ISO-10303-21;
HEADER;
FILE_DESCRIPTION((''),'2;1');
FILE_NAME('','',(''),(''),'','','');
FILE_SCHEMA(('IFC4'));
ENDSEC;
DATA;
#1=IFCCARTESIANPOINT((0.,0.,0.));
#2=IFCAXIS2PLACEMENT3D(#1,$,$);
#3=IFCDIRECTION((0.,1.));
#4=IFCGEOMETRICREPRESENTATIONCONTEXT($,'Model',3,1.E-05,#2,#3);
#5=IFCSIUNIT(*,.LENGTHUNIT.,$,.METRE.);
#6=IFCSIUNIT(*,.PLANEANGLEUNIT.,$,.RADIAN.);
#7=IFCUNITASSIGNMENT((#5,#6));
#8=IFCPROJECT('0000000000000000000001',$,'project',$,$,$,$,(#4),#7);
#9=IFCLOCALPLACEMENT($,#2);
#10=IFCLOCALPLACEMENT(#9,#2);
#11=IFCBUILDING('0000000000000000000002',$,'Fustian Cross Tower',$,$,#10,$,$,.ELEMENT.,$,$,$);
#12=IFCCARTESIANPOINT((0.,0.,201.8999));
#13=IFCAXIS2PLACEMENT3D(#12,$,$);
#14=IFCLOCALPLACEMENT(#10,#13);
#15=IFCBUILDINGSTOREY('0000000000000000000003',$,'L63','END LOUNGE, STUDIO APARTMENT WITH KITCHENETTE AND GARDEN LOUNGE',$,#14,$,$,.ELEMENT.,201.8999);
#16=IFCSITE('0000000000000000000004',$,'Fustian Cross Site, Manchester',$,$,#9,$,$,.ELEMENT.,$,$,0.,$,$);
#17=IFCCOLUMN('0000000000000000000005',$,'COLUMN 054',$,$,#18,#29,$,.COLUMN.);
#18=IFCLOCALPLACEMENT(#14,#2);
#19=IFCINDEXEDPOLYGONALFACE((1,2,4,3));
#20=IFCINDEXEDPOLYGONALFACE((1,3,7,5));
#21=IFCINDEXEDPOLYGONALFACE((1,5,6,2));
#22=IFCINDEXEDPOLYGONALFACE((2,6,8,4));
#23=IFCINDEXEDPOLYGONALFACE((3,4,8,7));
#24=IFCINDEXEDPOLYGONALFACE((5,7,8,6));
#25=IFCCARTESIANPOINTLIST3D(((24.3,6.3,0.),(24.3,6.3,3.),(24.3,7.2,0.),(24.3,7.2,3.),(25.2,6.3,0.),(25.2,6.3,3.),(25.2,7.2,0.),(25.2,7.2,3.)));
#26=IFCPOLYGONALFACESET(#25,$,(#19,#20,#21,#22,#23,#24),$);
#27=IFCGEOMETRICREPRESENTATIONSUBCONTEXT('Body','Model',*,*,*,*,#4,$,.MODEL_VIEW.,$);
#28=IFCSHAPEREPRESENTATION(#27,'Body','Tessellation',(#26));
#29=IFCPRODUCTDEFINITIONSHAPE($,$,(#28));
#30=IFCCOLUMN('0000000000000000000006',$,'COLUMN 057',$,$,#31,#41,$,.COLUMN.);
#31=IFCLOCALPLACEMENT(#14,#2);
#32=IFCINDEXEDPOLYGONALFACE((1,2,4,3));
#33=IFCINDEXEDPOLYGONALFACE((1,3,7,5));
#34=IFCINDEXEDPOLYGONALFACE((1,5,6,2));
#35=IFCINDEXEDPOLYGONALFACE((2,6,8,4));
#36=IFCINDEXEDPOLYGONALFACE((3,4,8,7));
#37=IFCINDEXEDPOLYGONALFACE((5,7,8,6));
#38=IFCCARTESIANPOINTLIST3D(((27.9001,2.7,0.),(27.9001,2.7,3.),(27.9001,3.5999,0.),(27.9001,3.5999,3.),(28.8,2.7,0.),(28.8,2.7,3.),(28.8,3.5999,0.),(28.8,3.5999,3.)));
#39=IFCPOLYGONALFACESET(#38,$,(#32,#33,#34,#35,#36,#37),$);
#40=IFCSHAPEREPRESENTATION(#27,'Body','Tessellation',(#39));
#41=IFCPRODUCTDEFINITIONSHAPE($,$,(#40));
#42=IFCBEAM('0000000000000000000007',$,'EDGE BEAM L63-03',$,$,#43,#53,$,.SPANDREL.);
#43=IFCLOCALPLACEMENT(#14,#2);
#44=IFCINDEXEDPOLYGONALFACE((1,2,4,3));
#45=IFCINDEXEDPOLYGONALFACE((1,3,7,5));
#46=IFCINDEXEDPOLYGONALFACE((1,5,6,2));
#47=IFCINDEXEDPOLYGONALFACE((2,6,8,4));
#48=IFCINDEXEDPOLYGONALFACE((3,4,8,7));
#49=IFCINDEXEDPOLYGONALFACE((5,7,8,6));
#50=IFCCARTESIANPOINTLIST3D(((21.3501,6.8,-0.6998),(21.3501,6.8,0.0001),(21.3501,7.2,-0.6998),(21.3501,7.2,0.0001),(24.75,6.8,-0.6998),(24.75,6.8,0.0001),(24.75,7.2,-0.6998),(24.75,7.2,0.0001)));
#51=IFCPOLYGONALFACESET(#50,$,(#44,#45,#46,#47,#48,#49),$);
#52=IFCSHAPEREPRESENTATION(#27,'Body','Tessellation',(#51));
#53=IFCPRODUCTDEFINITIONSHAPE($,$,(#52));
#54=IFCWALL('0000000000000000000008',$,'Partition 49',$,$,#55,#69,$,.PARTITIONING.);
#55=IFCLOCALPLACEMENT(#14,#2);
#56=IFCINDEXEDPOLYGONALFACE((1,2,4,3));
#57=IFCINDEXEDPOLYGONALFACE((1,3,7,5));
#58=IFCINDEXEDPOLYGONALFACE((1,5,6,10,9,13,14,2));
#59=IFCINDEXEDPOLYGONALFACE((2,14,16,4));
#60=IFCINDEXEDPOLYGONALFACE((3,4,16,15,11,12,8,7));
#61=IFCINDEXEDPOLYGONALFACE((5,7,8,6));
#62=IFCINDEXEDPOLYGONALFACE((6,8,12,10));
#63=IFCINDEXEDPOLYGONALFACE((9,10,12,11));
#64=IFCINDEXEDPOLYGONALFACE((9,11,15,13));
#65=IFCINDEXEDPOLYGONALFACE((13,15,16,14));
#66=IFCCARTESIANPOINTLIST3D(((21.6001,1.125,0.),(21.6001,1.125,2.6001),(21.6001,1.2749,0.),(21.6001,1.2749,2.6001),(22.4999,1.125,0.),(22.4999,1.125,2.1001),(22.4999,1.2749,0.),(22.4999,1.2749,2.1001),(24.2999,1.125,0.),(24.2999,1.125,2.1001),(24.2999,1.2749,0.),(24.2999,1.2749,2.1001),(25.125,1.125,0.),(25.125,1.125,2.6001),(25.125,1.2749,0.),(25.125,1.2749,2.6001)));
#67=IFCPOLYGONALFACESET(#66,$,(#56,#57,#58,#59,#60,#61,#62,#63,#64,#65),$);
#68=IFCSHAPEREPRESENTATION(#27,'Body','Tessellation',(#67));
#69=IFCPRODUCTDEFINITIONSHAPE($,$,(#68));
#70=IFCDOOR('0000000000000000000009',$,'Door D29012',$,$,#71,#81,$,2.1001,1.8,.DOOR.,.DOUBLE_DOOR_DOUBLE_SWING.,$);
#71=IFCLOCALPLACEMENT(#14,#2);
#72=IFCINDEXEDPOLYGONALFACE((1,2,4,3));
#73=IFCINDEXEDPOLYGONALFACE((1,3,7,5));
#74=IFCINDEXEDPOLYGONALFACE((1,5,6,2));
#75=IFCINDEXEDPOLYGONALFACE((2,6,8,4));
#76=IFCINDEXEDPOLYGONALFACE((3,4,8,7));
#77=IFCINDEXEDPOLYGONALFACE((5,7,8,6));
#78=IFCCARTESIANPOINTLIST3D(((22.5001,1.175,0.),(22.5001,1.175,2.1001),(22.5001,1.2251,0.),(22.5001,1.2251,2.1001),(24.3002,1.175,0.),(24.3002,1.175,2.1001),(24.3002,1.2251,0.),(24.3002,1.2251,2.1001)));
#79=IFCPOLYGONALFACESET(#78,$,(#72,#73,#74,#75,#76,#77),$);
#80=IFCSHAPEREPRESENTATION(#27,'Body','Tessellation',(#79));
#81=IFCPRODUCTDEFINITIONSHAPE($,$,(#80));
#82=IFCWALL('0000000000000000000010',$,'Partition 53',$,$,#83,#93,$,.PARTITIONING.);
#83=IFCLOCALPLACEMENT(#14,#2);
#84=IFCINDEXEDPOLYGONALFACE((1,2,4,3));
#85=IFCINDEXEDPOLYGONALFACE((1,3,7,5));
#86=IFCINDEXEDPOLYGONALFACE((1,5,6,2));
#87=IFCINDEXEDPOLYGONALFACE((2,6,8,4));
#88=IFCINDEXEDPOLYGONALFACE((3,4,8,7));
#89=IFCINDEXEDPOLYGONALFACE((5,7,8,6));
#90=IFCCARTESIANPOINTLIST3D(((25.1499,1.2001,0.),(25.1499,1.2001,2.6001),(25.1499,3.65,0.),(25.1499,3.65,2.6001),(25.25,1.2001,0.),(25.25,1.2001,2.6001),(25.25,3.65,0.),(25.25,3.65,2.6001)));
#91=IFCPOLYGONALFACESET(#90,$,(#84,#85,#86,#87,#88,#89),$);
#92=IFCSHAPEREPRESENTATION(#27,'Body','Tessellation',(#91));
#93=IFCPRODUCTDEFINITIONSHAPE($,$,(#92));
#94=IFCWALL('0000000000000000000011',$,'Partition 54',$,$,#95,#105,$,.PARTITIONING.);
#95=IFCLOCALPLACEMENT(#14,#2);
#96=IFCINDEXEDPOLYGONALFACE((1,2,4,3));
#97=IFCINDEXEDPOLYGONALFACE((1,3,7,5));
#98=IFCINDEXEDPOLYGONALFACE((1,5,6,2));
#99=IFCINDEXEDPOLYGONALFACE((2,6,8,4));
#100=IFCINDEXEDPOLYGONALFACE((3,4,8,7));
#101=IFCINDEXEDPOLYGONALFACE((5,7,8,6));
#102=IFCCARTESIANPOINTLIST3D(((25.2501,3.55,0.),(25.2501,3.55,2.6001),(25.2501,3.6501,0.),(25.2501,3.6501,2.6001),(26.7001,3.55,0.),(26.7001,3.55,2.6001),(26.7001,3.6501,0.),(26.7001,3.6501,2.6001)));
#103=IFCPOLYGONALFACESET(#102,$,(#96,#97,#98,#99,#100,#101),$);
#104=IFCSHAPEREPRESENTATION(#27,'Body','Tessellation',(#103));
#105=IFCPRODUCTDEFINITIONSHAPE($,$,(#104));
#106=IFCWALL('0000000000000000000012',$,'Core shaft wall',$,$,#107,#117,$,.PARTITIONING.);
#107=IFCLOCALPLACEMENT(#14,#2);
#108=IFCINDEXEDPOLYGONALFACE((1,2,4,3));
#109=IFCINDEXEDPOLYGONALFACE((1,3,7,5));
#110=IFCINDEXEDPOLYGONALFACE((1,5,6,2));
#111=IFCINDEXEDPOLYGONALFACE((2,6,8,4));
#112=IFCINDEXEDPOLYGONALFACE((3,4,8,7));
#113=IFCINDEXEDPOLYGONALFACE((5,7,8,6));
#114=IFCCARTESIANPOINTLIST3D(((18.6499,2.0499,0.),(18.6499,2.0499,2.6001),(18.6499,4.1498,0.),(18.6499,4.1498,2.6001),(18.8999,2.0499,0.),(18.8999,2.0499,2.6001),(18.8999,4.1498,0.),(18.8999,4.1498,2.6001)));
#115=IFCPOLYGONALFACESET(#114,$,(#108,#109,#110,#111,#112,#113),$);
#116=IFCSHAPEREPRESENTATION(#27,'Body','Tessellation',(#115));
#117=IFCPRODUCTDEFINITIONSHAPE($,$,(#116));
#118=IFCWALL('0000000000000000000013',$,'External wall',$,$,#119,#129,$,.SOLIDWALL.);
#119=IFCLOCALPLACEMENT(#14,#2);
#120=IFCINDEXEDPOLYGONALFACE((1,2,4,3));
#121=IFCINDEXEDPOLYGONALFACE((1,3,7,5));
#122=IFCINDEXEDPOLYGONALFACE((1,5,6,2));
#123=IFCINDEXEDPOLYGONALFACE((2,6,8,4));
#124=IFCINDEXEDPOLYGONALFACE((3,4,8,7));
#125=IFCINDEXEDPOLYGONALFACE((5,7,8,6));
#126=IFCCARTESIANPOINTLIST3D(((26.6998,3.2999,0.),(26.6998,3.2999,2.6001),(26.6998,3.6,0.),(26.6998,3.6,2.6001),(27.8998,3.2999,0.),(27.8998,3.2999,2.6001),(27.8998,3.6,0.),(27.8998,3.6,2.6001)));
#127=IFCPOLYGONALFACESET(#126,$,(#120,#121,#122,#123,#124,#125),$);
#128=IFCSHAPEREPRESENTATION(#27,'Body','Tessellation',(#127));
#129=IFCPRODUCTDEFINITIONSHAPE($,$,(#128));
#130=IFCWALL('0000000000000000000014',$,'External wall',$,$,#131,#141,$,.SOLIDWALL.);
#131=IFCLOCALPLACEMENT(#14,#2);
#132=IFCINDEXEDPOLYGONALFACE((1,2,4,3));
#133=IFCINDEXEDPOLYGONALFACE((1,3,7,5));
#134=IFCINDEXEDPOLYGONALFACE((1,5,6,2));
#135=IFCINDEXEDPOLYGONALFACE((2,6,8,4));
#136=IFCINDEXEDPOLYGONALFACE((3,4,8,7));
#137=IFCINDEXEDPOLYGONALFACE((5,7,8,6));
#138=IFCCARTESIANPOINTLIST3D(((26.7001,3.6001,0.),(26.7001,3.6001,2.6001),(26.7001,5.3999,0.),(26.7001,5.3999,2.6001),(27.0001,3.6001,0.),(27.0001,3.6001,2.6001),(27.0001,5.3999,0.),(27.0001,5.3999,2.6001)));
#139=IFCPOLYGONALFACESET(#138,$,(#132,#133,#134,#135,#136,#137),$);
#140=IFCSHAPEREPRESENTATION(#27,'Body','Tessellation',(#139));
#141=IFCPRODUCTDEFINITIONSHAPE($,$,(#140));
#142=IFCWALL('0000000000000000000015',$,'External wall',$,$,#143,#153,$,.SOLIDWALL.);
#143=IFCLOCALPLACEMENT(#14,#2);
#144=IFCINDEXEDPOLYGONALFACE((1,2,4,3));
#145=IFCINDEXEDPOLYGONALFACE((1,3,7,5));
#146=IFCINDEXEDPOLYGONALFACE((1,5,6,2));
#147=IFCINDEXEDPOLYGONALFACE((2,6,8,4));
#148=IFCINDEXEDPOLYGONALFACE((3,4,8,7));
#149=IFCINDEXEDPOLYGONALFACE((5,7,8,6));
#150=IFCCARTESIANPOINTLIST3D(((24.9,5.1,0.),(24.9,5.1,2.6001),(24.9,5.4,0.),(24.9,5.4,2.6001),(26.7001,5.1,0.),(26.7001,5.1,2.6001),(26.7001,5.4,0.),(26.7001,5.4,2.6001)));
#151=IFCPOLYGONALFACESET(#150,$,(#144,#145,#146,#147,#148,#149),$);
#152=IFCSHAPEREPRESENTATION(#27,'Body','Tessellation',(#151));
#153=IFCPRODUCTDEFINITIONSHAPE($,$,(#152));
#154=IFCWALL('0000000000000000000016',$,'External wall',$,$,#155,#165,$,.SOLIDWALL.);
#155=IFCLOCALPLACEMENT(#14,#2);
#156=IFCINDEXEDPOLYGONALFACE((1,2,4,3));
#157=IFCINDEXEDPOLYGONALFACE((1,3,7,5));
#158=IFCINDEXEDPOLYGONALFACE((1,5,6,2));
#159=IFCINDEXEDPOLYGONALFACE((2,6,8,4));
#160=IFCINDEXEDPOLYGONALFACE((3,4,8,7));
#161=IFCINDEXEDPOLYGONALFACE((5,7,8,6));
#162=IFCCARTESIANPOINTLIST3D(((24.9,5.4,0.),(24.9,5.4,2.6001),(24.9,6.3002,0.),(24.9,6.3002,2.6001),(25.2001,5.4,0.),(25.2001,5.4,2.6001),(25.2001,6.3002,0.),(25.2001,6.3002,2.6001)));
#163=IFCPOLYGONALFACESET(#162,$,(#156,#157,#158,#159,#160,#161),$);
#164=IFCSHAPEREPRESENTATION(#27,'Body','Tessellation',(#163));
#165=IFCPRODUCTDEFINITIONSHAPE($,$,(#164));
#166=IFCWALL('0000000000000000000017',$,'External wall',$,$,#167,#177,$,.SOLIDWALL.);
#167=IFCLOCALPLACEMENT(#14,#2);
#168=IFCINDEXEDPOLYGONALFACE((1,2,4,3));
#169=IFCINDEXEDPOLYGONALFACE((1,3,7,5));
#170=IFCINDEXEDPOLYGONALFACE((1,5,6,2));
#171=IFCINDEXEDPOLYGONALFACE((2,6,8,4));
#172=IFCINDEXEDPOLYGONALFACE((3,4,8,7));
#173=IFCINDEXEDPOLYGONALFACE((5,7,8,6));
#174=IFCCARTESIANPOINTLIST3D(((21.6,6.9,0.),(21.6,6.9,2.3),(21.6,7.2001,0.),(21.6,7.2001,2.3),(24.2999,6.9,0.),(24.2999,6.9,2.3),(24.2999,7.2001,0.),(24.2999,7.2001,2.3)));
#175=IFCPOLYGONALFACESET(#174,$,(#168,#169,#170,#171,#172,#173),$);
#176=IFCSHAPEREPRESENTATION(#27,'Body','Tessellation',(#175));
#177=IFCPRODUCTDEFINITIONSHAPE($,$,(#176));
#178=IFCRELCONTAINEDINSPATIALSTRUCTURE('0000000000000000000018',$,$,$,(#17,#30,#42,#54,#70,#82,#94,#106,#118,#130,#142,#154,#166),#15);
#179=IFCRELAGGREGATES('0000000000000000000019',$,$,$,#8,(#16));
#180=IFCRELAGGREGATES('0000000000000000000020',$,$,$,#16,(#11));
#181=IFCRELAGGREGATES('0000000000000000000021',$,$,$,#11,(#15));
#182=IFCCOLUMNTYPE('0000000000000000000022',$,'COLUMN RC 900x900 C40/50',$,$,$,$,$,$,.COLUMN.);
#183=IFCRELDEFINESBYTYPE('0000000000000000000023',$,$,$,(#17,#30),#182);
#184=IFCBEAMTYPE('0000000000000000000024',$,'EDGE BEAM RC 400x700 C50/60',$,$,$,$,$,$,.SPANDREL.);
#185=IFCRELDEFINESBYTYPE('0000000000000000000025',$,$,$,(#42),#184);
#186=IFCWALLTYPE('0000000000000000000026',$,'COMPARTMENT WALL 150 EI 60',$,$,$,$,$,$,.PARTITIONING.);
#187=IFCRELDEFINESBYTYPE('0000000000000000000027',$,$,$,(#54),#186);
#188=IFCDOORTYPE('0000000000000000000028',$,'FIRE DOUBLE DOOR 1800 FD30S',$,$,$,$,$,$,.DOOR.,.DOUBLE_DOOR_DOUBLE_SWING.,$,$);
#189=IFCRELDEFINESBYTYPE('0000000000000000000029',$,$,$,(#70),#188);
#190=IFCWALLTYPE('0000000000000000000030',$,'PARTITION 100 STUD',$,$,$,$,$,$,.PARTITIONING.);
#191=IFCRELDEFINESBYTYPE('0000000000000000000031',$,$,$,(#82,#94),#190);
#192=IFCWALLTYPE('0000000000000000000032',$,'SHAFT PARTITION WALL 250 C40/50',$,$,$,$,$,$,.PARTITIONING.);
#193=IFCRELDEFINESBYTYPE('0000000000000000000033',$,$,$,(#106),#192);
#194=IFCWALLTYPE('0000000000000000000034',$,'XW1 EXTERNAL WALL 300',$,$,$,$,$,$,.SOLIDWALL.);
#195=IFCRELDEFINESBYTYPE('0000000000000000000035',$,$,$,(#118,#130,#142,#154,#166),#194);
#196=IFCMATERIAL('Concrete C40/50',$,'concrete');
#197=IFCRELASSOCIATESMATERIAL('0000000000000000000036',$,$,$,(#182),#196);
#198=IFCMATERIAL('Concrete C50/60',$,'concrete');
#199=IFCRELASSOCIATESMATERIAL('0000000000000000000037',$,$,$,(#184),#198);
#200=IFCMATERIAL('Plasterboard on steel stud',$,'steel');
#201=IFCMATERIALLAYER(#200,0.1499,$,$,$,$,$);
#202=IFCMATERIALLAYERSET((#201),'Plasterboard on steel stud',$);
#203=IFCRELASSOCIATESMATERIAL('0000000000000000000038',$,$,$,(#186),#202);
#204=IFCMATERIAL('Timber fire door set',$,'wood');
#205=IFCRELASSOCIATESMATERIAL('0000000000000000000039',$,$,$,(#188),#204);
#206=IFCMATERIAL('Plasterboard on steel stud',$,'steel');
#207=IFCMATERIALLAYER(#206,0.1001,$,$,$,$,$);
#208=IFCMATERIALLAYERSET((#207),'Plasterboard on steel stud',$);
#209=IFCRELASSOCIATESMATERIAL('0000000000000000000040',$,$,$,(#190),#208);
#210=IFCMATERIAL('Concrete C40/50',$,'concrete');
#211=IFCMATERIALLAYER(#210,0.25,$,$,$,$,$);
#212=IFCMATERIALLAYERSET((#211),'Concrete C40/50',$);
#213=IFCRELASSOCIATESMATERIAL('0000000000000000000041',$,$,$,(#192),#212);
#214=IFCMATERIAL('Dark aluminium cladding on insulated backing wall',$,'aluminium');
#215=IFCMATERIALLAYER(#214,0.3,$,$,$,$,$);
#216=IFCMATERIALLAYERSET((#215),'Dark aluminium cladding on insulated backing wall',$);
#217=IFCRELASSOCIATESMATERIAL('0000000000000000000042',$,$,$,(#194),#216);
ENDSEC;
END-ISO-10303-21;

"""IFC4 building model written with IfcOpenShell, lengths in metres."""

from ifc_helpers import new_model, si_unit, direction, frame, frame_2d, origin, origin_2d, place, context, subcontext, project, spatial, rectangle, extrude, material, layer, layer_set, material_profile, profile_set, type_object, element, fill, save


model = new_model("IFC4")

# Units and contexts
model_context = context("Model", 3, precision=1e-05, world=origin(), true_north=direction((0.0, 1.0)))
body_context = subcontext(model_context, "Body", "Model", "MODEL_VIEW")
ifc_project = project(units=[si_unit("LENGTHUNIT", "METRE"), si_unit("PLANEANGLEUNIT", "RADIAN")], contexts=[model_context])

# Site, building, storey
site_placement = place(None, origin())
site = spatial("IfcSite", under=ifc_project, at=site_placement, Name="Fustian Cross Site, Manchester", CompositionType="ELEMENT", RefElevation=0.0)
building_placement = place(site_placement, origin())
building = spatial("IfcBuilding", under=site, at=building_placement, Name="Fustian Cross Tower", CompositionType="ELEMENT")
storey_placement = place(building_placement, frame((0.0, 0.0, 201.8999)))
storey = spatial("IfcBuildingStorey", under=building, at=storey_placement, Name="L63", Description="END LOUNGE, STUDIO APARTMENT WITH KITCHENETTE AND GARDEN LOUNGE", CompositionType="ELEMENT", Elevation=201.8999)

# Columns
ifc_material_1 = material(Name="Concrete C40/50", Category="concrete")
ifc_material_profile_1 = material_profile(ifc_material_1, rectangle(XDim=0.8999, YDim=0.8999, at=origin_2d()), Name="RC 900x900")
ifc_profile_set_1 = profile_set([ifc_material_profile_1], Name="Concrete C40/50")
column_type = type_object("IfcColumnType", Name="COLUMN RC 900x900 C40/50", PredefinedType="COLUMN", material=ifc_profile_set_1)
for number, where, z_axis, x_axis, name in (
    (1, (24.75, 6.75, 0.0), (0.0, 0.0, 1.0), (1.0, 0.0, 0.0), "COLUMN 054"),
    (2, (28.3501, 3.1499, 0.0), (0.0, 0.0, 1.0), (1.0, 0.0, 0.0), "COLUMN 057"),
):
    element("IfcColumn", number, at=place(storey_placement, frame(where, z_axis=z_axis, x_axis=x_axis)), inside=storey, type_object=column_type, Name=name, PredefinedType="COLUMN", context=body_context, shape_type="SweptSolid", body=[
        extrude(rectangle(XDim=0.8999, YDim=0.8999, at=origin_2d()), origin(), (0.0, 0.0, 1.0), 3.0),
    ])

# Beam
ifc_material_2 = material(Name="Concrete C50/60", Category="concrete")
ifc_material_profile_2 = material_profile(ifc_material_2, rectangle(XDim=0.3999, YDim=0.7, at=origin_2d()), Name="RC 400x700")
ifc_profile_set_2 = profile_set([ifc_material_profile_2], Name="Concrete C50/60")
beam_type = type_object("IfcBeamType", Name="EDGE BEAM RC 400x700 C50/60", PredefinedType="SPANDREL", material=ifc_profile_set_2)
beam_placement = place(storey_placement, frame((24.75, 7.0, -0.3499), z_axis=(-1.0, 0.0, 0.0), x_axis=(0.0, -1.0, 0.0)))
element("IfcBeam", 3, at=beam_placement, inside=storey, type_object=beam_type, Name="EDGE BEAM L63-03", PredefinedType="SPANDREL", context=body_context, shape_type="SweptSolid", body=[
    extrude(rectangle(XDim=0.3999, YDim=0.7, at=origin_2d()), origin(), (0.0, 0.0, 1.0), 3.3999),
])

# Wall, opening, door
ifc_material_3 = material(Name="Plasterboard on steel stud", Category="steel")
ifc_layer_1 = layer(ifc_material_3, 0.1499)
ifc_layer_set_1 = layer_set([ifc_layer_1], Name="Plasterboard on steel stud")
wall_type_1 = type_object("IfcWallType", Name="COMPARTMENT WALL 150 EI 60", PredefinedType="PARTITIONING", material=ifc_layer_set_1)
wall_1_placement = place(storey_placement, frame((21.6001, 1.2, 0.0), z_axis=(0.0, 0.0, 1.0), x_axis=(1.0, 0.0, 0.0)))
wall_1 = element("IfcWall", 4, at=wall_1_placement, inside=storey, type_object=wall_type_1, Name="Partition 49", PredefinedType="PARTITIONING", context=body_context, shape_type="SweptSolid", body=[
    extrude(rectangle(XDim=3.5249, YDim=0.1499, at=frame_2d((1.7625, 0.0))), origin(), (0.0, 0.0, 1.0), 2.6001),
])
opening_placement = place(wall_1_placement, frame((0.8999, 0.0, 0.0)))
opening = element("IfcOpeningElement", 5, at=opening_placement, cuts=wall_1, PredefinedType="OPENING", context=body_context, shape_type="SweptSolid", body=[
    extrude(rectangle(XDim=1.8, YDim=2.1001, at=frame_2d((0.8999, 1.05))), frame((0.0, 0.085, 0.0), z_axis=(0.0, -1.0, 0.0), x_axis=(1.0, 0.0, 0.0)), (0.0, 0.0, 1.0), 0.1699),
])
ifc_material_4 = material(Name="Timber fire door set", Category="wood")
door_type = type_object("IfcDoorType", Name="FIRE DOUBLE DOOR 1800 FD30S", OperationType="DOUBLE_DOOR_DOUBLE_SWING", PredefinedType="DOOR", material=ifc_material_4)
door_placement = place(opening_placement, frame((1.8, 0.0, 0.0), z_axis=(0.0, 0.0, 1.0), x_axis=(-1.0, 0.0, 0.0)))
door = element("IfcDoor", 6, at=door_placement, inside=storey, type_object=door_type, Name="Door D29012", OperationType="DOUBLE_DOOR_DOUBLE_SWING", OverallHeight=2.1001, OverallWidth=1.8, PredefinedType="DOOR", context=body_context, shape_type="SweptSolid", body=[
    extrude(rectangle(XDim=1.8, YDim=2.1001, at=frame_2d((0.8999, 1.05))), frame((0.0, 0.0249, 0.0), z_axis=(0.0, -1.0, 0.0), x_axis=(1.0, 0.0, 0.0)), (0.0, 0.0, 1.0), 0.05),
])
fill(opening, door)

# Walls
ifc_material_5 = material(Name="Plasterboard on steel stud", Category="steel")
ifc_layer_2 = layer(ifc_material_5, 0.1001)
ifc_layer_set_2 = layer_set([ifc_layer_2], Name="Plasterboard on steel stud")
wall_type_2 = type_object("IfcWallType", Name="PARTITION 100 STUD", PredefinedType="PARTITIONING", material=ifc_layer_set_2)
wall_2_placement = place(storey_placement, frame((25.2, 1.2, 0.0), z_axis=(0.0, 0.0, 1.0), x_axis=(0.0, 1.0, 0.0)))
element("IfcWall", 7, at=wall_2_placement, inside=storey, type_object=wall_type_2, Name="Partition 53", PredefinedType="PARTITIONING", context=body_context, shape_type="SweptSolid", body=[
    extrude(rectangle(XDim=2.45, YDim=0.1001, at=frame_2d((1.2251, 0.0))), origin(), (0.0, 0.0, 1.0), 2.6001),
])
wall_3_placement = place(storey_placement, frame((25.25, 3.6001, 0.0), z_axis=(0.0, 0.0, 1.0), x_axis=(1.0, 0.0, 0.0)))
element("IfcWall", 8, at=wall_3_placement, inside=storey, type_object=wall_type_2, Name="Partition 54", PredefinedType="PARTITIONING", context=body_context, shape_type="SweptSolid", body=[
    extrude(rectangle(XDim=1.45, YDim=0.1001, at=frame_2d((0.7251, 0.0))), origin(), (0.0, 0.0, 1.0), 2.6001),
])
ifc_material_6 = material(Name="Concrete C40/50", Category="concrete")
ifc_layer_3 = layer(ifc_material_6, 0.25)
ifc_layer_set_3 = layer_set([ifc_layer_3], Name="Concrete C40/50")
wall_type_3 = type_object("IfcWallType", Name="SHAFT PARTITION WALL 250 C40/50", PredefinedType="PARTITIONING", material=ifc_layer_set_3)
wall_4_placement = place(storey_placement, frame((18.7749, 2.05, 0.0), z_axis=(0.0, 0.0, 1.0), x_axis=(0.0, 1.0, 0.0)))
element("IfcWall", 9, at=wall_4_placement, inside=storey, type_object=wall_type_3, Name="Core shaft wall", PredefinedType="PARTITIONING", context=body_context, shape_type="SweptSolid", body=[
    extrude(rectangle(XDim=2.0999, YDim=0.25, at=frame_2d((1.0498, 0.0))), origin(), (0.0, 0.0, 1.0), 2.6001),
])
ifc_material_7 = material(Name="Dark aluminium cladding on insulated backing wall", Category="aluminium")
ifc_layer_4 = layer(ifc_material_7, 0.3)
ifc_layer_set_4 = layer_set([ifc_layer_4], Name="Dark aluminium cladding on insulated backing wall")
wall_type_4 = type_object("IfcWallType", Name="XW1 EXTERNAL WALL 300", PredefinedType="SOLIDWALL", material=ifc_layer_set_4)
wall_5_placement = place(storey_placement, frame((27.8999, 3.45, 0.0), z_axis=(0.0, 0.0, 1.0), x_axis=(-1.0, 0.0, 0.0)))
element("IfcWall", 10, at=wall_5_placement, inside=storey, type_object=wall_type_4, Name="External wall", PredefinedType="SOLIDWALL", context=body_context, shape_type="SweptSolid", body=[
    extrude(rectangle(XDim=1.2, YDim=0.3, at=frame_2d((0.6001, 0.0))), origin(), (0.0, 0.0, 1.0), 2.6001),
])
wall_6_placement = place(storey_placement, frame((26.8501, 3.6001, 0.0), z_axis=(0.0, 0.0, 1.0), x_axis=(0.0, 1.0, 0.0)))
element("IfcWall", 11, at=wall_6_placement, inside=storey, type_object=wall_type_4, Name="External wall", PredefinedType="SOLIDWALL", context=body_context, shape_type="SweptSolid", body=[
    extrude(rectangle(XDim=1.7998, YDim=0.3, at=frame_2d((0.8999, 0.0))), origin(), (0.0, 0.0, 1.0), 2.6001),
])
wall_7_placement = place(storey_placement, frame((26.7, 5.25, 0.0), z_axis=(0.0, 0.0, 1.0), x_axis=(-1.0, 0.0, 0.0)))
element("IfcWall", 12, at=wall_7_placement, inside=storey, type_object=wall_type_4, Name="External wall", PredefinedType="SOLIDWALL", context=body_context, shape_type="SweptSolid", body=[
    extrude(rectangle(XDim=1.8, YDim=0.3, at=frame_2d((0.8999, 0.0))), origin(), (0.0, 0.0, 1.0), 2.6001),
])
wall_8_placement = place(storey_placement, frame((25.05, 5.3999, 0.0), z_axis=(0.0, 0.0, 1.0), x_axis=(0.0, 1.0, 0.0)))
element("IfcWall", 13, at=wall_8_placement, inside=storey, type_object=wall_type_4, Name="External wall", PredefinedType="SOLIDWALL", context=body_context, shape_type="SweptSolid", body=[
    extrude(rectangle(XDim=0.9001, YDim=0.3, at=frame_2d((0.4502, 0.0))), origin(), (0.0, 0.0, 1.0), 2.6001),
])
wall_9_placement = place(storey_placement, frame((24.3, 7.05, 0.0), z_axis=(0.0, 0.0, 1.0), x_axis=(-1.0, 0.0, 0.0)))
element("IfcWall", 14, at=wall_9_placement, inside=storey, type_object=wall_type_4, Name="External wall", PredefinedType="SOLIDWALL", context=body_context, shape_type="SweptSolid", body=[
    extrude(rectangle(XDim=2.7, YDim=0.3, at=frame_2d((1.3501, 0.0))), origin(), (0.0, 0.0, 1.0), 2.3),
])

save(model, "model.ifc")
